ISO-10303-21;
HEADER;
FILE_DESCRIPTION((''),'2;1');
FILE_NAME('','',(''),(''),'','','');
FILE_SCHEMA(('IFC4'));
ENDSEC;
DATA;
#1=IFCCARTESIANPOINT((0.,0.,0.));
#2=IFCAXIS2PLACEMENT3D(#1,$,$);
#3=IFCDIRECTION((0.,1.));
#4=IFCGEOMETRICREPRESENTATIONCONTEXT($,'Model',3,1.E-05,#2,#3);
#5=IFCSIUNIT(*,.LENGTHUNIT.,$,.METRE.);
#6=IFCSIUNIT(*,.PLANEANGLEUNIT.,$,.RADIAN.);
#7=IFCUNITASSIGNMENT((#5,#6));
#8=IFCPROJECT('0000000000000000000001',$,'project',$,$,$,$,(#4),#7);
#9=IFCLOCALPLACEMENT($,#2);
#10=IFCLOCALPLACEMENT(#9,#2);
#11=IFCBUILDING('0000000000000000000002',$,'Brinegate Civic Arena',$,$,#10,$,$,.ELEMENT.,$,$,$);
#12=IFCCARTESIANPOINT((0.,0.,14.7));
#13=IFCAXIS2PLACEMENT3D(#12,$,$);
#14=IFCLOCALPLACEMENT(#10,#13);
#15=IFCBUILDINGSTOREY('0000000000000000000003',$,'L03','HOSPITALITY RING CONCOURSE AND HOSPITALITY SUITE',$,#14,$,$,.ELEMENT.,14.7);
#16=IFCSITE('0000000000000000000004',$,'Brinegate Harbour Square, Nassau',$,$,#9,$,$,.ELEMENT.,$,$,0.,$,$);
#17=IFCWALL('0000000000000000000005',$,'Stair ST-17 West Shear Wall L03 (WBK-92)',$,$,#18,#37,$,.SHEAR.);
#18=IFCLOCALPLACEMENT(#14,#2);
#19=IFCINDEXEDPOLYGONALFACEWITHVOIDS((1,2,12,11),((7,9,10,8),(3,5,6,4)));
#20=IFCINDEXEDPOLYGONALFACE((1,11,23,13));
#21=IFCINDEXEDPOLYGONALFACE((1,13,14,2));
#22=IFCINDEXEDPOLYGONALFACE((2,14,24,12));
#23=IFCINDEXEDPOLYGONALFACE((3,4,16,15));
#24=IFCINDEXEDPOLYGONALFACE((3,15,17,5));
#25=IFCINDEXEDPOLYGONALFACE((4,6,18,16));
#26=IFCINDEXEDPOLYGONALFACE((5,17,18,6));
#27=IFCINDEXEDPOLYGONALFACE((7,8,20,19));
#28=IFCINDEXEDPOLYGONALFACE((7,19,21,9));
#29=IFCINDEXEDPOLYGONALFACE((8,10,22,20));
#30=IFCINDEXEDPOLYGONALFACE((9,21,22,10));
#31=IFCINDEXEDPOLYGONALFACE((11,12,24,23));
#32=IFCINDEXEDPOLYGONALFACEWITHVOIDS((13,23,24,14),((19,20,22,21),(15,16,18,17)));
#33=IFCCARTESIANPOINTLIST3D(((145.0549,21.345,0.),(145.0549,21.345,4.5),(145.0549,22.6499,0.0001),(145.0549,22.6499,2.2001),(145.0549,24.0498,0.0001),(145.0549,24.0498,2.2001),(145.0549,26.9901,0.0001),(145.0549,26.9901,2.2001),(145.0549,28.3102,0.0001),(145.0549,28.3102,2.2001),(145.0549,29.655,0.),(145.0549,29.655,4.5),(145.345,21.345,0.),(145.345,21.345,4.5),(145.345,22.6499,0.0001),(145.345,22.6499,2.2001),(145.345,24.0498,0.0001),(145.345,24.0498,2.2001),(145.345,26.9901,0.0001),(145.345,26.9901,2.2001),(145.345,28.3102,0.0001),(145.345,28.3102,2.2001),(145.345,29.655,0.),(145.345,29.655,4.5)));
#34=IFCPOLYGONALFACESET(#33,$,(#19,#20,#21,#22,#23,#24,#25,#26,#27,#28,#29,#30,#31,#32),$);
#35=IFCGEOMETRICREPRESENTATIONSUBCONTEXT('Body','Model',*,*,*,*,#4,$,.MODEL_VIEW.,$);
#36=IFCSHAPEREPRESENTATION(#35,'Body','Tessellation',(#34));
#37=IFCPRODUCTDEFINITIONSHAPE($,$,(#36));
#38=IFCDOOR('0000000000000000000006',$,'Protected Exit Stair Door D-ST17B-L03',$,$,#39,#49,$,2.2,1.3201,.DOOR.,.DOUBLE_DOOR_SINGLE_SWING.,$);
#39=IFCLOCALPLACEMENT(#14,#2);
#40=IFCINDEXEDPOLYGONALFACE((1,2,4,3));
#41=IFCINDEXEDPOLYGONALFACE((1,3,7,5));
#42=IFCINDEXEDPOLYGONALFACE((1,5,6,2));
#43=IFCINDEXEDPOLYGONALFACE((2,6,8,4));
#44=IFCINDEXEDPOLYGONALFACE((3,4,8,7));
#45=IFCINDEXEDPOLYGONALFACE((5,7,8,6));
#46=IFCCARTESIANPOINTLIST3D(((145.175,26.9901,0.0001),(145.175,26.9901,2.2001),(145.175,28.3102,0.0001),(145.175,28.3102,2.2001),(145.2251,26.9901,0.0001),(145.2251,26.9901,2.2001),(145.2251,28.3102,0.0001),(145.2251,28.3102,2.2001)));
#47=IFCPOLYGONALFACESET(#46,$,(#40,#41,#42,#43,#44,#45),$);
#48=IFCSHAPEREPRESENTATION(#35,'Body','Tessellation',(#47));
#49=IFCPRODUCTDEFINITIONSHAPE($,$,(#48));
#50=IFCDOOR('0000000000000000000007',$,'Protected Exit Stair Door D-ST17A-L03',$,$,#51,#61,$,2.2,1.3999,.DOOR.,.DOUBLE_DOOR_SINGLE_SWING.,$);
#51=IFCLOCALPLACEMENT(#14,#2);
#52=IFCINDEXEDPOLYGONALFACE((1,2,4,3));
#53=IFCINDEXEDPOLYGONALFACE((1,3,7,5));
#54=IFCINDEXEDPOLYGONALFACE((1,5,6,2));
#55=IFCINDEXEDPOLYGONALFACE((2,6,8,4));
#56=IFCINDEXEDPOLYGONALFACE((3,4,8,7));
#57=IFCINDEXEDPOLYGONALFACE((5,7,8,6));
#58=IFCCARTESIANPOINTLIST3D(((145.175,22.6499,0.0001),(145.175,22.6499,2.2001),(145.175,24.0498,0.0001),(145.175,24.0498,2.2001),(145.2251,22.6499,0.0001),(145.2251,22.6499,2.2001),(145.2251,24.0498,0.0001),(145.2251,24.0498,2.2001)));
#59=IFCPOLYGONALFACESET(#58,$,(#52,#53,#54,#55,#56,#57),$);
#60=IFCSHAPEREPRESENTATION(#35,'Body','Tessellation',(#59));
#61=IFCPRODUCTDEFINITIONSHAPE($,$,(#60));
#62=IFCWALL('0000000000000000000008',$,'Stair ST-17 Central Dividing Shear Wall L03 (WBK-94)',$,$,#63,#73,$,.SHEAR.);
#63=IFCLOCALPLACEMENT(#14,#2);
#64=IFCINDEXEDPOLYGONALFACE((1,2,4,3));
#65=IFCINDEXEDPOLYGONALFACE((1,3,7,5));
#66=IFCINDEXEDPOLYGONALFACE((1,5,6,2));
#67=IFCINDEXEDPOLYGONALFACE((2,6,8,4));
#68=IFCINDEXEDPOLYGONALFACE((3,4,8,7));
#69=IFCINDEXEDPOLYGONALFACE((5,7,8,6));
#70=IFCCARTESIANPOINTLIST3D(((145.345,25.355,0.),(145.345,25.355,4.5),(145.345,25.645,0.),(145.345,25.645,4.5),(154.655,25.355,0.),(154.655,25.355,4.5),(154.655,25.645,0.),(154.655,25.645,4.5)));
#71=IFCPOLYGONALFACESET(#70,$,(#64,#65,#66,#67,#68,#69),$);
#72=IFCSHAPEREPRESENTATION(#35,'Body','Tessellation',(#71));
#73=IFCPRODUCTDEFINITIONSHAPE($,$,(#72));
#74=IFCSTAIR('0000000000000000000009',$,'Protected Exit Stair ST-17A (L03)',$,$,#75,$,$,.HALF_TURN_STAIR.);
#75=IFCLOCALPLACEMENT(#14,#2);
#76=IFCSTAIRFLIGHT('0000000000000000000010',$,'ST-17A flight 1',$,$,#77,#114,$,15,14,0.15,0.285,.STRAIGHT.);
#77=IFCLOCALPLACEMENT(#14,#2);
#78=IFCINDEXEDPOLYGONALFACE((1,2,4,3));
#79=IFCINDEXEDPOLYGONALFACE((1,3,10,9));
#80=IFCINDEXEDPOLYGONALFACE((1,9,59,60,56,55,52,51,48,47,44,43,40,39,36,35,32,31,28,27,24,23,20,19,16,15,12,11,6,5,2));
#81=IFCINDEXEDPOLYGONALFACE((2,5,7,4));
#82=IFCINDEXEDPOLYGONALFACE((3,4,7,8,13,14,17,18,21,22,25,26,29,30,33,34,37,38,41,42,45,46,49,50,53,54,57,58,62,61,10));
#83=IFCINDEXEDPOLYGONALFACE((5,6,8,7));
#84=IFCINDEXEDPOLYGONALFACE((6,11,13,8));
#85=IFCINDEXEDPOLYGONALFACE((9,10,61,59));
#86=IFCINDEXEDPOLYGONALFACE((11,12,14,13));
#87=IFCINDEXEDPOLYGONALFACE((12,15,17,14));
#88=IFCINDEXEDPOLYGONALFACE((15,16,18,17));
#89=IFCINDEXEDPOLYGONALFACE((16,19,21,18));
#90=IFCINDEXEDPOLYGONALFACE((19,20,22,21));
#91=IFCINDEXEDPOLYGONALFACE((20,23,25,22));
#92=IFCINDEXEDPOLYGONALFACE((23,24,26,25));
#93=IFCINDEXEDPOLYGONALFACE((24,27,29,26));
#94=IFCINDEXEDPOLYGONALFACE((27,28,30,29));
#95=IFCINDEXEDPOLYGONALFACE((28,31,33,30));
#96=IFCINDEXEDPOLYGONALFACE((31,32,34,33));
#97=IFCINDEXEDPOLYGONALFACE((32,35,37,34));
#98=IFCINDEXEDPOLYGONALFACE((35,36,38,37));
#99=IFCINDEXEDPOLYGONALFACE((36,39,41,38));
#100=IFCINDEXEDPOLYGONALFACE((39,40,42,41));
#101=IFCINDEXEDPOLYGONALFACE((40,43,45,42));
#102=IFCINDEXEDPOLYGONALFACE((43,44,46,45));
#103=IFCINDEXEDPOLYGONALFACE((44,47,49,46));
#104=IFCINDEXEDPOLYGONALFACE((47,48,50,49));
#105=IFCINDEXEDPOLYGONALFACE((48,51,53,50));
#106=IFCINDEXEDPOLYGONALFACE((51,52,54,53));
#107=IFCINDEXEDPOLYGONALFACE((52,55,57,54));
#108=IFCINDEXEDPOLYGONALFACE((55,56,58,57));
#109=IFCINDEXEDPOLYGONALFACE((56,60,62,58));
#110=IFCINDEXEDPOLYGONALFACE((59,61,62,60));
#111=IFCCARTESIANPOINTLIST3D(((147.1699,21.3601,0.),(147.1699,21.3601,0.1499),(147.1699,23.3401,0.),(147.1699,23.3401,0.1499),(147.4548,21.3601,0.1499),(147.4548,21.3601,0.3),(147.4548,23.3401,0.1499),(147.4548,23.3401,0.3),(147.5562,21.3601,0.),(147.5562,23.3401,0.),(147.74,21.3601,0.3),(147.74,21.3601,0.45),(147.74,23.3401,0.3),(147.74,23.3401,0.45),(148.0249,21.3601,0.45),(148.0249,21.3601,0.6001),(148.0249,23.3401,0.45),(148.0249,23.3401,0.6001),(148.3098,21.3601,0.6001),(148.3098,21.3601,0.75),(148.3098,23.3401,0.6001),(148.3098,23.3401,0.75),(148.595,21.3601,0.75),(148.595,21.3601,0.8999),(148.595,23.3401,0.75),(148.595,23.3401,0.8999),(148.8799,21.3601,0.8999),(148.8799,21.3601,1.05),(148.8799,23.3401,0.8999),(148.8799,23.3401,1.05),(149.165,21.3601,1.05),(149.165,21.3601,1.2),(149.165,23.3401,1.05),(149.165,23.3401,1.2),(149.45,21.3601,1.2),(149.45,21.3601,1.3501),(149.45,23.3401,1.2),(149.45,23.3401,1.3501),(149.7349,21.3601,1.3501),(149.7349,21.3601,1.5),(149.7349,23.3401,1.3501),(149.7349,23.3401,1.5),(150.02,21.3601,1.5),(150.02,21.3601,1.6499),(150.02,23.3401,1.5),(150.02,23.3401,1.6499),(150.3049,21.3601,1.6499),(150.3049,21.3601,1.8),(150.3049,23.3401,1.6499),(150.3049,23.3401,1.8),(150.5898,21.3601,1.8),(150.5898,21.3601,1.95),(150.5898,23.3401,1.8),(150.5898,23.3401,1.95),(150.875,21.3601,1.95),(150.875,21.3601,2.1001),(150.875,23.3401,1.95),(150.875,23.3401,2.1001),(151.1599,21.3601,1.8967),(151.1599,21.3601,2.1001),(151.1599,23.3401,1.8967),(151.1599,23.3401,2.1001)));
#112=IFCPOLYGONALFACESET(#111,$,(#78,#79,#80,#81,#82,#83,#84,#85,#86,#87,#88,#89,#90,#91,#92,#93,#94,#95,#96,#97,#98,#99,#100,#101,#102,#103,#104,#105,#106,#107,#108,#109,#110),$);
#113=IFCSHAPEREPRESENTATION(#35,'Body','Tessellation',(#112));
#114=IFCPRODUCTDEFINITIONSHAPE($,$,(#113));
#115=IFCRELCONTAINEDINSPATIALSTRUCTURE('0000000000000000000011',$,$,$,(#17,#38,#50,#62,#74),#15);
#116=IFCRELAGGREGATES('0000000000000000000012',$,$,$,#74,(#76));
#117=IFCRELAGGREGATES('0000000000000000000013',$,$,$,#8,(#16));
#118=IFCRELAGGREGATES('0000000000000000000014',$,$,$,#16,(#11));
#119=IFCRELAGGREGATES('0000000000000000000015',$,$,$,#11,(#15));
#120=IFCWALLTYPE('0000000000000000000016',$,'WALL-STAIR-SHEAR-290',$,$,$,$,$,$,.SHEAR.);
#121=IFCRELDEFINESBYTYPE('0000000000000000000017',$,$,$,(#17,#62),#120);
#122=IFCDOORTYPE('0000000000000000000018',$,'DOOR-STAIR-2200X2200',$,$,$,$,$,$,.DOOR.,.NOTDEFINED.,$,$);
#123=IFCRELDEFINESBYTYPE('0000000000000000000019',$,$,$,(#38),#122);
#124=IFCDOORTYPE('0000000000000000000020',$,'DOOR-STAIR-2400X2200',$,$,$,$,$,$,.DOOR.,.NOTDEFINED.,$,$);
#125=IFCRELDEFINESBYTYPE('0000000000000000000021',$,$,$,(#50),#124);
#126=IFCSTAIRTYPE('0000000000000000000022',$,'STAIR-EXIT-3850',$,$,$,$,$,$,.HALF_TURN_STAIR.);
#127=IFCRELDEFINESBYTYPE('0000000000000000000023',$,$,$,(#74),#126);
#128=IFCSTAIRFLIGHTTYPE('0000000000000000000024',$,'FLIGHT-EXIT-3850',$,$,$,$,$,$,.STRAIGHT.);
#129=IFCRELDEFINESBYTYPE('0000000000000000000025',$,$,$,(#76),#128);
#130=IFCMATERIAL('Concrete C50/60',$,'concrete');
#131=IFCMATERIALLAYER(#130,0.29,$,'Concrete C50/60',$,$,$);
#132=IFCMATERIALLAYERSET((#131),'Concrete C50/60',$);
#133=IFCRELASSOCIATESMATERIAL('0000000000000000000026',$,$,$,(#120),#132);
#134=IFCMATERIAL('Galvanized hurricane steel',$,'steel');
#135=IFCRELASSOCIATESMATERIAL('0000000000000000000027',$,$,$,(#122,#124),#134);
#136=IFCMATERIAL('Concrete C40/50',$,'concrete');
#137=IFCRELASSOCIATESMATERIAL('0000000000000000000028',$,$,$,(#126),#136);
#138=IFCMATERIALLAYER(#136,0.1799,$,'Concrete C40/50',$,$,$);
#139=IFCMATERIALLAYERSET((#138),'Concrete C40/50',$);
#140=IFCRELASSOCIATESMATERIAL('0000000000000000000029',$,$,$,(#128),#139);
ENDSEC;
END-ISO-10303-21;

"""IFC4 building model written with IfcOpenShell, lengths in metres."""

from ifc_helpers import new_model, si_unit, direction, frame, frame_2d, origin, place, context, subcontext, project, spatial, polyline, rectangle, outline, extrude, material, layer, layer_set, type_object, element, fill, aggregate, save


model = new_model("IFC4")

# Units and contexts
model_context = context("Model", 3, precision=1e-05, world=origin(), true_north=direction((0.0, 1.0)))
body_context = subcontext(model_context, "Body", "Model", "MODEL_VIEW")
ifc_project = project(units=[si_unit("LENGTHUNIT", "METRE"), si_unit("PLANEANGLEUNIT", "RADIAN")], contexts=[model_context])

# Site, building, storey
site_placement = place(None, origin())
site = spatial("IfcSite", under=ifc_project, at=site_placement, Name="Brinegate Harbour Square, Nassau", CompositionType="ELEMENT", RefElevation=0.0)
building_placement = place(site_placement, origin())
building = spatial("IfcBuilding", under=site, at=building_placement, Name="Brinegate Civic Arena", CompositionType="ELEMENT")
storey_placement = place(building_placement, frame((0.0, 0.0, 14.7)))
storey = spatial("IfcBuildingStorey", under=building, at=storey_placement, Name="L03", Description="HOSPITALITY RING CONCOURSE AND HOSPITALITY SUITE", CompositionType="ELEMENT", Elevation=14.7)

# Shared definitions
ifc_material_1 = material(Name="Concrete C50/60", Category="concrete")

# Shared definitions
ifc_layer_1 = layer(ifc_material_1, 0.29, Name="Concrete C50/60")
ifc_layer_set_1 = layer_set([ifc_layer_1], Name="Concrete C50/60")
wall_type = type_object("IfcWallType", Name="WALL-STAIR-SHEAR-290", PredefinedType="SHEAR", material=ifc_layer_set_1)
ifc_material_2 = material(Name="Galvanized hurricane steel", Category="steel")
door_type_1 = type_object("IfcDoorType", Name="DOOR-STAIR-2200X2200", OperationType="NOTDEFINED", PredefinedType="DOOR", material=ifc_material_2)

# Wall, openings, doors
wall_1_placement = place(storey_placement, frame((145.2, 21.345, 0.0), z_axis=(0.0, 0.0, 1.0), x_axis=(0.0, 1.0, 0.0)))
wall_1 = element("IfcWall", 1, at=wall_1_placement, inside=storey, type_object=wall_type, Name="Stair ST-17 West Shear Wall L03 (WBK-92)", PredefinedType="SHEAR", context=body_context, shape_type="SweptSolid", body=[
    extrude(rectangle(XDim=8.3101, YDim=0.29, at=frame_2d((4.155, 0.0))), origin(), (0.0, 0.0, 1.0), 4.5),
])
opening_1_placement = place(wall_1_placement, frame((1.3049, 0.0, 0.0)))
opening_1 = element("IfcOpeningElement", 2, at=opening_1_placement, cuts=wall_1, PredefinedType="OPENING", context=body_context, shape_type="SweptSolid", body=[
    extrude(rectangle(XDim=1.3999, YDim=2.2, at=frame_2d((0.7, 1.1001))), frame((0.0, 0.155, 0.0), z_axis=(0.0, -1.0, 0.0), x_axis=(1.0, 0.0, 0.0)), (0.0, 0.0, 1.0), 0.3101),
])
opening_2_placement = place(wall_1_placement, frame((5.645, 0.0, 0.0)))
opening_2 = element("IfcOpeningElement", 3, at=opening_2_placement, cuts=wall_1, PredefinedType="OPENING", context=body_context, shape_type="SweptSolid", body=[
    extrude(rectangle(XDim=1.3201, YDim=2.2, at=frame_2d((0.6602, 1.1001))), frame((0.0, 0.155, 0.0), z_axis=(0.0, -1.0, 0.0), x_axis=(1.0, 0.0, 0.0)), (0.0, 0.0, 1.0), 0.3101),
])
door_1_placement = place(opening_2_placement, origin())
door_1 = element("IfcDoor", 4, at=door_1_placement, inside=storey, type_object=door_type_1, Name="Protected Exit Stair Door D-ST17B-L03", OperationType="DOUBLE_DOOR_SINGLE_SWING", OverallHeight=2.2, OverallWidth=1.3201, PredefinedType="DOOR", context=body_context, shape_type="SweptSolid", body=[
    extrude(rectangle(XDim=1.3201, YDim=2.2, at=frame_2d((0.6602, 1.1001))), frame((0.0, 0.0249, 0.0), z_axis=(0.0, -1.0, 0.0), x_axis=(1.0, 0.0, 0.0)), (0.0, 0.0, 1.0), 0.05),
])
fill(opening_2, door_1)
door_type_2 = type_object("IfcDoorType", Name="DOOR-STAIR-2400X2200", OperationType="NOTDEFINED", PredefinedType="DOOR", material=ifc_material_2)
door_2_placement = place(opening_1_placement, origin())
door_2 = element("IfcDoor", 5, at=door_2_placement, inside=storey, type_object=door_type_2, Name="Protected Exit Stair Door D-ST17A-L03", OperationType="DOUBLE_DOOR_SINGLE_SWING", OverallHeight=2.2, OverallWidth=1.3999, PredefinedType="DOOR", context=body_context, shape_type="SweptSolid", body=[
    extrude(rectangle(XDim=1.3999, YDim=2.2, at=frame_2d((0.7, 1.1001))), frame((0.0, 0.0249, 0.0), z_axis=(0.0, -1.0, 0.0), x_axis=(1.0, 0.0, 0.0)), (0.0, 0.0, 1.0), 0.05),
])
fill(opening_1, door_2)

# Wall
wall_2_placement = place(storey_placement, frame((145.345, 25.5, 0.0), z_axis=(0.0, 0.0, 1.0), x_axis=(1.0, 0.0, 0.0)))
element("IfcWall", 6, at=wall_2_placement, inside=storey, type_object=wall_type, Name="Stair ST-17 Central Dividing Shear Wall L03 (WBK-94)", PredefinedType="SHEAR", context=body_context, shape_type="SweptSolid", body=[
    extrude(rectangle(XDim=9.3101, YDim=0.29, at=frame_2d((4.655, 0.0))), origin(), (0.0, 0.0, 1.0), 4.5),
])

# Stair, stair flight
ifc_material_3 = material(Name="Concrete C40/50", Category="concrete")
stair_type = type_object("IfcStairType", Name="STAIR-EXIT-3850", PredefinedType="HALF_TURN_STAIR", material=ifc_material_3)
stair_placement = place(storey_placement, origin())
stair = element("IfcStair", 7, at=stair_placement, inside=storey, type_object=stair_type, Name="Protected Exit Stair ST-17A (L03)", PredefinedType="HALF_TURN_STAIR")
ifc_layer_2 = layer(ifc_material_3, 0.1799, Name="Concrete C40/50")
ifc_layer_set_2 = layer_set([ifc_layer_2], Name="Concrete C40/50")
stair_flight_type = type_object("IfcStairFlightType", Name="FLIGHT-EXIT-3850", PredefinedType="STRAIGHT", material=ifc_layer_set_2)
stair_flight_placement = place(storey_placement, frame((147.1699, 22.3501, 0.0), z_axis=(0.0, 0.0, 1.0), x_axis=(1.0, 0.0, 0.0)))
stair_flight = element("IfcStairFlight", 8, at=stair_flight_placement, type_object=stair_flight_type, Name="ST-17A flight 1", NumberOfRisers=15, NumberOfTreads=14, PredefinedType="STRAIGHT", RiserHeight=0.15, TreadLength=0.285, context=body_context, shape_type="SweptSolid", body=[
    extrude(outline(polyline([(0.0, 0.0), (0.0, 0.1499), (0.2849, 0.1499), (0.2849, 0.3), (0.5701, 0.3), (0.5701, 0.45), (0.855, 0.45), (0.855, 0.6001), (1.1399, 0.6001), (1.1399, 0.75), (1.425, 0.75), (1.425, 0.8999), (1.71, 0.8999), (1.71, 1.05), (1.9951, 1.05), (1.9951, 1.2), (2.28, 1.2), (2.28, 1.3501), (2.5649, 1.3501), (2.5649, 1.5), (2.8501, 1.5), (2.8501, 1.6499), (3.135, 1.6499), (3.135, 1.8), (3.4199, 1.8), (3.4199, 1.95), (3.7051, 1.95), (3.7051, 2.1001), (3.99, 2.1001), (3.99, 2.25), (3.99, 1.8967), (0.3862, 0.0), (0.0, 0.0)])), frame((0.0, 0.99, 0.0), z_axis=(0.0, -1.0, 0.0), x_axis=(1.0, 0.0, 0.0)), (0.0, 0.0, 1.0), 1.98),
])
aggregate(stair, [stair_flight])

save(model, "model.ifc")
